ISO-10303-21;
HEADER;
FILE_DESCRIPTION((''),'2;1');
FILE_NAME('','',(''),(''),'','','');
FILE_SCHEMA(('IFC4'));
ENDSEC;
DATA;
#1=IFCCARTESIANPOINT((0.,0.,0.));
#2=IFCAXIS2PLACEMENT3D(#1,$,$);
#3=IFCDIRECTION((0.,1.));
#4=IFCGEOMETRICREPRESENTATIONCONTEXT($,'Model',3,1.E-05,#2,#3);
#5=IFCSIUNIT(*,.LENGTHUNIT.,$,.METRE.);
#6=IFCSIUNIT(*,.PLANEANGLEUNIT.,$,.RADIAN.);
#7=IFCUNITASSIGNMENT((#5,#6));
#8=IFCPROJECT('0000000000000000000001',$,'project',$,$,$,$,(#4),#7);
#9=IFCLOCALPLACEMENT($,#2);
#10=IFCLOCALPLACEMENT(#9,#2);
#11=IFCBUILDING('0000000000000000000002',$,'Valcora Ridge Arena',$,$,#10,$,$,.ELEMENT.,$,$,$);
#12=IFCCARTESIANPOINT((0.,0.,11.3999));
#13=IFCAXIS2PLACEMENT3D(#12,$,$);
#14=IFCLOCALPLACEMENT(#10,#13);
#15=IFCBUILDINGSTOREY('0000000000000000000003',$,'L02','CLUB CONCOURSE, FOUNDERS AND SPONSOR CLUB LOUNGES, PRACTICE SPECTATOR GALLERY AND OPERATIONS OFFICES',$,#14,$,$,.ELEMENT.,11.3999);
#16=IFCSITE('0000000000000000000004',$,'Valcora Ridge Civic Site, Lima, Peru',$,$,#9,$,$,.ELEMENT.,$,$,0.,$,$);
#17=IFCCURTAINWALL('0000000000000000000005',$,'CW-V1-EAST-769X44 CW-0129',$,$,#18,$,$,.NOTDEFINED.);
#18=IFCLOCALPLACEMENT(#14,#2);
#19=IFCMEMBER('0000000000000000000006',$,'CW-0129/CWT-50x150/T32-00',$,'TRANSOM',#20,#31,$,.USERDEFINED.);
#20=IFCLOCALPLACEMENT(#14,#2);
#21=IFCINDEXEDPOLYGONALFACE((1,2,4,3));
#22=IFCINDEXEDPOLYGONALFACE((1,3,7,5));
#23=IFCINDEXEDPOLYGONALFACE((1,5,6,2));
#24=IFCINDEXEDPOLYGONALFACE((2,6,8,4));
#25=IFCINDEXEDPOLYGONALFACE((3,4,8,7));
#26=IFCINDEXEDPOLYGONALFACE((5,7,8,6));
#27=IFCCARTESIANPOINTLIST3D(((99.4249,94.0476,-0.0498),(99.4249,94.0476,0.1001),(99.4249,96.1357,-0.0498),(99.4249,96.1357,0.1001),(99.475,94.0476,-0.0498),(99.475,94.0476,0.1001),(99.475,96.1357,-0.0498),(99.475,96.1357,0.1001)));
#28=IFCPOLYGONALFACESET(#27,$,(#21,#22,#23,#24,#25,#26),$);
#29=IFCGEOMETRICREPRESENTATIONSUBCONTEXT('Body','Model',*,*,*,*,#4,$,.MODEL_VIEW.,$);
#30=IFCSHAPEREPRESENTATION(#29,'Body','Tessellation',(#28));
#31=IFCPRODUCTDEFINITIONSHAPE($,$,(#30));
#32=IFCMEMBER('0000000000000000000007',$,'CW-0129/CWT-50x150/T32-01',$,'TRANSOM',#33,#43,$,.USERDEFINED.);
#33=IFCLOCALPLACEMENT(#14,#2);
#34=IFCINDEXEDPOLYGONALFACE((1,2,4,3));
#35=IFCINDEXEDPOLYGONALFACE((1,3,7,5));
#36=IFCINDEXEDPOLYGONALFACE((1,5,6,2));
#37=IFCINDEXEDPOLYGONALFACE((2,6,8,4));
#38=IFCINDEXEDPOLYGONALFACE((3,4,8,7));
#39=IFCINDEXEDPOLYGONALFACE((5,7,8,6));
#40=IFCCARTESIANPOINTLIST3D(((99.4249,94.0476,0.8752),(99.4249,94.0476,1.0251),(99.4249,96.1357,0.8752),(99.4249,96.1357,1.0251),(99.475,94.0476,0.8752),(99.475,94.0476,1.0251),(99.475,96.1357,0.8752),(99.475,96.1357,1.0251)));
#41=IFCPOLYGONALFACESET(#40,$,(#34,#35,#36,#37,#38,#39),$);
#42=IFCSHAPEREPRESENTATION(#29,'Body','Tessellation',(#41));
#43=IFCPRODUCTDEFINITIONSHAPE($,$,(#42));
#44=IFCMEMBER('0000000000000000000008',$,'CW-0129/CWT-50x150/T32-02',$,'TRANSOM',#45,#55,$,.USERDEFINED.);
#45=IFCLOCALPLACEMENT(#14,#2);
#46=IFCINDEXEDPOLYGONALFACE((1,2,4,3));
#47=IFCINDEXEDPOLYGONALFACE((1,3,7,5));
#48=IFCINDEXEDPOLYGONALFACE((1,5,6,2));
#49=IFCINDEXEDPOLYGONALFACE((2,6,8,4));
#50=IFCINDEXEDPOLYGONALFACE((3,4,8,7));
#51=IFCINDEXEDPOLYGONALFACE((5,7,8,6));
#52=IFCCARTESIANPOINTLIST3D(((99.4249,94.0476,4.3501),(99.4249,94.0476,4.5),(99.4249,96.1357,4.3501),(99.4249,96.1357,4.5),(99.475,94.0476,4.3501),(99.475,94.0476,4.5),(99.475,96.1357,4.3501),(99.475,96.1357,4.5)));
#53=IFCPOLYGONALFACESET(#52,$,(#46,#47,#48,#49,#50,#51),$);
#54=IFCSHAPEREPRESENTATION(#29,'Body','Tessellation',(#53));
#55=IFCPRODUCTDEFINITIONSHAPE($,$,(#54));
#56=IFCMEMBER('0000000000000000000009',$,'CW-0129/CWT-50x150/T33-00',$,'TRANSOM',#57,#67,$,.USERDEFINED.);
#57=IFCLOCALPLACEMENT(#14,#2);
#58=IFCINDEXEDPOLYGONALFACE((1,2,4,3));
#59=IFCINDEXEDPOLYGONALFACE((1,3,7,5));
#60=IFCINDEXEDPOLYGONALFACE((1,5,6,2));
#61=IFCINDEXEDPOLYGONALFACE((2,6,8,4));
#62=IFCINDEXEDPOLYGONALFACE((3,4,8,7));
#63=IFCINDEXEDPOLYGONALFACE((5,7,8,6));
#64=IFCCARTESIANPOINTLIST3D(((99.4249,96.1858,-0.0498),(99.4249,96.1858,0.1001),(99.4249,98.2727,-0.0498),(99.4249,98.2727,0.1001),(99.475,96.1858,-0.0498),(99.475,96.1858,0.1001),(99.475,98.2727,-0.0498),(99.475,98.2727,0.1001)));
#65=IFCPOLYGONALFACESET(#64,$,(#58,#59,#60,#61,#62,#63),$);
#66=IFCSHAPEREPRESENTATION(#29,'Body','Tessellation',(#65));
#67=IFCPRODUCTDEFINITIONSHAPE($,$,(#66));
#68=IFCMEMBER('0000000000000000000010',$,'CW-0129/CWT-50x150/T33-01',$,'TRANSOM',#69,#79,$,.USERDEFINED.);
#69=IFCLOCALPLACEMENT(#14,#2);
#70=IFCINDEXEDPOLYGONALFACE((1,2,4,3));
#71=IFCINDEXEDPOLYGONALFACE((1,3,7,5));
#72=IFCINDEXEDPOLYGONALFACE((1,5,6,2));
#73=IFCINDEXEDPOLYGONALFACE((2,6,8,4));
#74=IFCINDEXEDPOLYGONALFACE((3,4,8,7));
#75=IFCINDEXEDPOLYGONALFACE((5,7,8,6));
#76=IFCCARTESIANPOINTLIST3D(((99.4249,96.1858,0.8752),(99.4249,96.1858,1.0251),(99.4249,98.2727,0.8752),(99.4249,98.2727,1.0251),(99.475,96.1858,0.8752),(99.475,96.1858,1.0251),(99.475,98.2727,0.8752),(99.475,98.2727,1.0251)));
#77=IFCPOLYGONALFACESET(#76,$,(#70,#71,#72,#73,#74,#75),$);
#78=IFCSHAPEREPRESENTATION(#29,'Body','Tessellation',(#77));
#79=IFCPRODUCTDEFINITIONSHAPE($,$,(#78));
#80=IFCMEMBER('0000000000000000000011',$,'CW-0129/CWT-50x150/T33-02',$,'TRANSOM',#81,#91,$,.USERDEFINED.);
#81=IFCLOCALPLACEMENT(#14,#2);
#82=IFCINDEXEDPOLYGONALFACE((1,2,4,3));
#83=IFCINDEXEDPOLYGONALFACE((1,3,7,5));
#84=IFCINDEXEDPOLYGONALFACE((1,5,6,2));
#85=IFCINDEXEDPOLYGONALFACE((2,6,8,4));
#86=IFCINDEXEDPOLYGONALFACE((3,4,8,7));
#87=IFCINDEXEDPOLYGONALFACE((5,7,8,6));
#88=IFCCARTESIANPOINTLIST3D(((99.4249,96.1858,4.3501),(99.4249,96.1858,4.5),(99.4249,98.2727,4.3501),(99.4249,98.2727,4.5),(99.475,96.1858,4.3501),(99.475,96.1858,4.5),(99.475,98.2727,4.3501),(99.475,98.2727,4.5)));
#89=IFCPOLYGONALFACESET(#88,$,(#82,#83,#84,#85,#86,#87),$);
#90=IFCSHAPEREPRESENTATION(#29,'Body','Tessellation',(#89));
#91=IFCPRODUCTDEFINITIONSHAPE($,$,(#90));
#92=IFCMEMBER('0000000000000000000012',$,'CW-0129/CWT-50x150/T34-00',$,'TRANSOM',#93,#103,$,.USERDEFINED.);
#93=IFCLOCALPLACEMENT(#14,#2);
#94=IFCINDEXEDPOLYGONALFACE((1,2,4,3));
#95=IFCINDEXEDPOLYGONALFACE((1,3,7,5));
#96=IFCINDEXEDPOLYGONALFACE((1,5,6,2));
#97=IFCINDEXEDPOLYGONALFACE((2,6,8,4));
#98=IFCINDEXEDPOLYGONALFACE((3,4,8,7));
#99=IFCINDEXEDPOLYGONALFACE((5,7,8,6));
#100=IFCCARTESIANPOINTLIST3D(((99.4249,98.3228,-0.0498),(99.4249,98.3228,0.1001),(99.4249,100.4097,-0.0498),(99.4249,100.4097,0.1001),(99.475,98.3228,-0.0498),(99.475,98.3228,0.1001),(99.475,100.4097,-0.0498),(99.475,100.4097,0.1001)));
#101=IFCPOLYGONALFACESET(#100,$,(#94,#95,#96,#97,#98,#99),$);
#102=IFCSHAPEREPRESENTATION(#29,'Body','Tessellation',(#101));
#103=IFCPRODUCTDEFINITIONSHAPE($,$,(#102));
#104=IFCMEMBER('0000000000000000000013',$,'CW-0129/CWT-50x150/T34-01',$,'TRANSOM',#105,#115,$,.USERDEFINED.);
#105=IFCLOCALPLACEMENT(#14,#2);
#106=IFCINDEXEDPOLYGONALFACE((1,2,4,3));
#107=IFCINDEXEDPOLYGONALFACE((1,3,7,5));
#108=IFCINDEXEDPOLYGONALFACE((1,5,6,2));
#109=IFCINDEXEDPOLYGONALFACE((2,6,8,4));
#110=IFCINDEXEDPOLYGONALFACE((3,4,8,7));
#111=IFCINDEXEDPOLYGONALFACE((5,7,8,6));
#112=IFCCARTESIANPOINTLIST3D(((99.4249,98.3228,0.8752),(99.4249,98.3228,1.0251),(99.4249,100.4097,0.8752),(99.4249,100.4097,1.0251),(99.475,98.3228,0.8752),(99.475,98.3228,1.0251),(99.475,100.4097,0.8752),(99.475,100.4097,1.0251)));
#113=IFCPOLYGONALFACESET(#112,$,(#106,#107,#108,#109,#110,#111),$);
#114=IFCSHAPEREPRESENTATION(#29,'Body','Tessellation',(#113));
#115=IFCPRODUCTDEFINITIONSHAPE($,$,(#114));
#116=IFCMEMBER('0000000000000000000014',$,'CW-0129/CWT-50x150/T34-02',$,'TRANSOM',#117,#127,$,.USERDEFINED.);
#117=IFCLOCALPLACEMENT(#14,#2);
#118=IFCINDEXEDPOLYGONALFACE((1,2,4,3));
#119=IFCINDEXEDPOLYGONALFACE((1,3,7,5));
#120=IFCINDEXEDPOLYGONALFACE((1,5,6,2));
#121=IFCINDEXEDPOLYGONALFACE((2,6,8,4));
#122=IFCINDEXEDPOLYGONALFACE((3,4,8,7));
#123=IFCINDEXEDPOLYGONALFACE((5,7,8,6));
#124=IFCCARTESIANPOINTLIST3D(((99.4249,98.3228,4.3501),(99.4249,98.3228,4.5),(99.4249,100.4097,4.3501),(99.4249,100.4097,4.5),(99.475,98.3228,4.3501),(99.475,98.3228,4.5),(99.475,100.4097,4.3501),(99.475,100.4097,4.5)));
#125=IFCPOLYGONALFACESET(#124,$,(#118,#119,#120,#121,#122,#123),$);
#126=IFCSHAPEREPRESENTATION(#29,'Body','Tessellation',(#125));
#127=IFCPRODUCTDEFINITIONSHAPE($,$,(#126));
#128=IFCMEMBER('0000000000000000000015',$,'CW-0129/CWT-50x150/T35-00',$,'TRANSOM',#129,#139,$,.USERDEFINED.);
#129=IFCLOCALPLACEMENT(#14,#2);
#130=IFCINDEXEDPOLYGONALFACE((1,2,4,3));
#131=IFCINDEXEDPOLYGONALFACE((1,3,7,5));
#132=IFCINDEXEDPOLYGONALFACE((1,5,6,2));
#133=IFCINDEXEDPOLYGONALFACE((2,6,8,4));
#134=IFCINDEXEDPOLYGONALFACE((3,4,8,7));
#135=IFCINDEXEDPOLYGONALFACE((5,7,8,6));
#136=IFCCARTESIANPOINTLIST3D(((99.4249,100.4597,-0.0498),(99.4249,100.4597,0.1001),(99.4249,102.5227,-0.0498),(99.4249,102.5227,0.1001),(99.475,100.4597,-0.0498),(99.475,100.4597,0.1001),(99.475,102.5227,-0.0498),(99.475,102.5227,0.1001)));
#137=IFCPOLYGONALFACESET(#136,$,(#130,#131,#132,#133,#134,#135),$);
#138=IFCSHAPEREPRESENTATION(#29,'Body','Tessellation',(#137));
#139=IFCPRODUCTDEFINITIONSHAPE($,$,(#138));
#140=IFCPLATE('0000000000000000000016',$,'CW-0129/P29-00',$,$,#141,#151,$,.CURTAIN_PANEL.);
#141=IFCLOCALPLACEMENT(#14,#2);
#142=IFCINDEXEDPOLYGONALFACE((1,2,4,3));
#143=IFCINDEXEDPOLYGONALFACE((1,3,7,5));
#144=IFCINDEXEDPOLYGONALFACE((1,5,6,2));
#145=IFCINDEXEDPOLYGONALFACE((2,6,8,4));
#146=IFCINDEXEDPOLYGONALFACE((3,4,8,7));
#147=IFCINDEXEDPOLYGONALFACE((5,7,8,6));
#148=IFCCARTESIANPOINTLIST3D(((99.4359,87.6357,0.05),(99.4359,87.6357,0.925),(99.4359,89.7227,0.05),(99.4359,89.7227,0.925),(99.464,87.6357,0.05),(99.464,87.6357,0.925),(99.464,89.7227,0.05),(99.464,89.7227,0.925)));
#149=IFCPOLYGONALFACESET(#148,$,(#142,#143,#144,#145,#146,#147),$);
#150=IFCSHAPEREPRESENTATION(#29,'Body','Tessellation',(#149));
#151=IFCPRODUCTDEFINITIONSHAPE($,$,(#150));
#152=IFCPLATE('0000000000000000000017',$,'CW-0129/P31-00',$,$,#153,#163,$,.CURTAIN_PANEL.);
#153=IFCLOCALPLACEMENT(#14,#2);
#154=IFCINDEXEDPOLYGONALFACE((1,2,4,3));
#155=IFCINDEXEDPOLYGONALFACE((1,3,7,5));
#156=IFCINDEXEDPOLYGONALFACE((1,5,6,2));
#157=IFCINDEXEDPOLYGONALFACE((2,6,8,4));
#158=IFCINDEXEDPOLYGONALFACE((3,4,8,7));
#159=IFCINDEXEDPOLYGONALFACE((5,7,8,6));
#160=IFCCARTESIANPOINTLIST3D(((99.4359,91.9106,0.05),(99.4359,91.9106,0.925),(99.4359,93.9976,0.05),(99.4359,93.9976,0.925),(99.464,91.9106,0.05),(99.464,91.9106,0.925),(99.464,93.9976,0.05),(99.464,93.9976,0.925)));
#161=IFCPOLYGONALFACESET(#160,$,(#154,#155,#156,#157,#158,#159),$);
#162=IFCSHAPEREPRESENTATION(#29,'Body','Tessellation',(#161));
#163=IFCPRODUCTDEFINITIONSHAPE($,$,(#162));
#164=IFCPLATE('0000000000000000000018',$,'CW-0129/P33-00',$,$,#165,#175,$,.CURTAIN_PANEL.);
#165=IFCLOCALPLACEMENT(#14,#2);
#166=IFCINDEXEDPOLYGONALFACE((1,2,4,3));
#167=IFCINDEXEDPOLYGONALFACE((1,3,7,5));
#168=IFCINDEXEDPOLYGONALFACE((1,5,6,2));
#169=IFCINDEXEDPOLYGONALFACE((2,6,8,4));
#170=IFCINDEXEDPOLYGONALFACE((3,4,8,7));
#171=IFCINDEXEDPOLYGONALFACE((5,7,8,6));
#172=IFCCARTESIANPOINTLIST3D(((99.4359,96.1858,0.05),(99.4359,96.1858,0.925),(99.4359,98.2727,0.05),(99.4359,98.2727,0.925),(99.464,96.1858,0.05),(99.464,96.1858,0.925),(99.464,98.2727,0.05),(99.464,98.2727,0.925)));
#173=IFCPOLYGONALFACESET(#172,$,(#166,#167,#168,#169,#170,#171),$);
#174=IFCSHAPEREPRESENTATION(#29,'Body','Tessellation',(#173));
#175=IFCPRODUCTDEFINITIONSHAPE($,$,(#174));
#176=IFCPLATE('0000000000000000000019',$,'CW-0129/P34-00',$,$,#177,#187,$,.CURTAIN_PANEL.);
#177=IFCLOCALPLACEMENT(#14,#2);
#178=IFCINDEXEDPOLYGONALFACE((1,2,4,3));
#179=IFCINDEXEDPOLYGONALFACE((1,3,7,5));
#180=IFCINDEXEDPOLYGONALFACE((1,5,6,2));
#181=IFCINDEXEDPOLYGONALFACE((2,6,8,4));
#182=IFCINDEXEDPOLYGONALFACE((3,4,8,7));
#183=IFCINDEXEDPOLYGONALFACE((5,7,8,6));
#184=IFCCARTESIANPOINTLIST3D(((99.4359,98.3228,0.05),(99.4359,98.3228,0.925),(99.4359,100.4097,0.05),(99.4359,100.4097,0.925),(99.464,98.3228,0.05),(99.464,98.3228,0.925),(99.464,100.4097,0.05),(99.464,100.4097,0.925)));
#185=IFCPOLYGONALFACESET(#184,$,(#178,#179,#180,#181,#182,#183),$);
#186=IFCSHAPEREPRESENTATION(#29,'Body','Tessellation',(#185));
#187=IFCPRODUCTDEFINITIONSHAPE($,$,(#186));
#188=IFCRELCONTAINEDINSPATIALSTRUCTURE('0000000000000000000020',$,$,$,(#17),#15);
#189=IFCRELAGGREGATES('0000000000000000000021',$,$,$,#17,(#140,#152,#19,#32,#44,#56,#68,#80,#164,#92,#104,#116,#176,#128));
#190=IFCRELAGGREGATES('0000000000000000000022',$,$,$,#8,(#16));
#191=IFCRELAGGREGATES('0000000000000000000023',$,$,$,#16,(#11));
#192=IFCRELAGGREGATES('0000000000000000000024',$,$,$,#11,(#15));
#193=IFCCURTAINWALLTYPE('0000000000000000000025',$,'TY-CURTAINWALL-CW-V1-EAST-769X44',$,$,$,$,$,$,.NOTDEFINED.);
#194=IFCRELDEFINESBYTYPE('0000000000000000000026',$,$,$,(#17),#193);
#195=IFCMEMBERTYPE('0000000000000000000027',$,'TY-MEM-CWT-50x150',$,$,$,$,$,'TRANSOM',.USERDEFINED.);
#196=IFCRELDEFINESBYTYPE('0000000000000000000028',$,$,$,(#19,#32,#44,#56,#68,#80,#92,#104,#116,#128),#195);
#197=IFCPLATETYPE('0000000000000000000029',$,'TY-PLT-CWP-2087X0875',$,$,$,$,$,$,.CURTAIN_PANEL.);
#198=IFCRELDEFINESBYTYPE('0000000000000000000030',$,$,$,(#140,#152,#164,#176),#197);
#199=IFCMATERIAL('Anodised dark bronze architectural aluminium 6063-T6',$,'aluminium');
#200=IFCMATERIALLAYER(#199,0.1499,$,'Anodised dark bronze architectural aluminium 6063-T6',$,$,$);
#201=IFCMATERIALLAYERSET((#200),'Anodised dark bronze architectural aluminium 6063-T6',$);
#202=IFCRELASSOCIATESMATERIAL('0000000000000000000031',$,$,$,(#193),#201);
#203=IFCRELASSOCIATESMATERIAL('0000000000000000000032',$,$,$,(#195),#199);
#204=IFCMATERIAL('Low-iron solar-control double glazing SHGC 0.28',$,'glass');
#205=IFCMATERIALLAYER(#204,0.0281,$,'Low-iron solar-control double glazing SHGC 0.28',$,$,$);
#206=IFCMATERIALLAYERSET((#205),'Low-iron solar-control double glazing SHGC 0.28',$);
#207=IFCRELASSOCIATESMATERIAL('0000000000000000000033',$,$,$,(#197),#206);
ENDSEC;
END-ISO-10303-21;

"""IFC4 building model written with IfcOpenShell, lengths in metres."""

from ifc_helpers import new_model, si_unit, direction, frame, origin, origin_2d, place, context, subcontext, project, spatial, rectangle, extrude, material, layer, layer_set, material_profile, profile_set, type_object, element, aggregate, save


model = new_model("IFC4")

# Units and contexts
model_context = context("Model", 3, precision=1e-05, world=origin(), true_north=direction((0.0, 1.0)))
body_context = subcontext(model_context, "Body", "Model", "MODEL_VIEW")
ifc_project = project(units=[si_unit("LENGTHUNIT", "METRE"), si_unit("PLANEANGLEUNIT", "RADIAN")], contexts=[model_context])

# Site, building, storey
site_placement = place(None, origin())
site = spatial("IfcSite", under=ifc_project, at=site_placement, Name="Valcora Ridge Civic Site, Lima, Peru", CompositionType="ELEMENT", RefElevation=0.0)
building_placement = place(site_placement, origin())
building = spatial("IfcBuilding", under=site, at=building_placement, Name="Valcora Ridge Arena", CompositionType="ELEMENT")
storey_placement = place(building_placement, frame((0.0, 0.0, 11.3999)))
storey = spatial("IfcBuildingStorey", under=building, at=storey_placement, Name="L02", Description="CLUB CONCOURSE, FOUNDERS AND SPONSOR CLUB LOUNGES, PRACTICE SPECTATOR GALLERY AND OPERATIONS OFFICES", CompositionType="ELEMENT", Elevation=11.3999)

# Curtain wall, members, plates
ifc_material_1 = material(Name="Anodised dark bronze architectural aluminium 6063-T6", Category="aluminium")
ifc_layer_1 = layer(ifc_material_1, 0.1499, Name="Anodised dark bronze architectural aluminium 6063-T6")
ifc_layer_set_1 = layer_set([ifc_layer_1], Name="Anodised dark bronze architectural aluminium 6063-T6")
curtain_wall_type = type_object("IfcCurtainWallType", Name="TY-CURTAINWALL-CW-V1-EAST-769X44", PredefinedType="NOTDEFINED", material=ifc_layer_set_1)
curtain_wall_placement = place(storey_placement, origin())
curtain_wall = element("IfcCurtainWall", 1, at=curtain_wall_placement, inside=storey, type_object=curtain_wall_type, Name="CW-V1-EAST-769X44 CW-0129", PredefinedType="NOTDEFINED")
ifc_material_profile_1 = material_profile(ifc_material_1, rectangle(XDim=0.05, YDim=0.1499, at=origin_2d()), Name="ALU TRANSOM 50x150")
ifc_profile_set_1 = profile_set([ifc_material_profile_1], Name="Anodised dark bronze architectural aluminium 6063-T6")
member_type_1 = type_object("IfcMemberType", Name="TY-MEM-CWT-50x150", ElementType="TRANSOM", PredefinedType="USERDEFINED", material=ifc_profile_set_1)
member_1_placement = place(storey_placement, frame((99.45, 94.0476, 0.0251), z_axis=(0.0, 1.0, 0.0), x_axis=(-1.0, 0.0, 0.0)))
member_1 = element("IfcMember", 2, at=member_1_placement, type_object=member_type_1, Name="CW-0129/CWT-50x150/T32-00", ObjectType="TRANSOM", PredefinedType="USERDEFINED", context=body_context, shape_type="SweptSolid", body=[
    extrude(rectangle(XDim=0.05, YDim=0.1499, at=origin_2d()), origin(), (0.0, 0.0, 1.0), 2.0881),
])
member_2_placement = place(storey_placement, frame((99.45, 94.0476, 0.9502), z_axis=(0.0, 1.0, 0.0), x_axis=(-1.0, 0.0, 0.0)))
member_2 = element("IfcMember", 3, at=member_2_placement, type_object=member_type_1, Name="CW-0129/CWT-50x150/T32-01", ObjectType="TRANSOM", PredefinedType="USERDEFINED", context=body_context, shape_type="SweptSolid", body=[
    extrude(rectangle(XDim=0.05, YDim=0.1499, at=origin_2d()), origin(), (0.0, 0.0, 1.0), 2.0881),
])
member_3_placement = place(storey_placement, frame((99.45, 94.0476, 4.425), z_axis=(0.0, 1.0, 0.0), x_axis=(-1.0, 0.0, 0.0)))
member_3 = element("IfcMember", 4, at=member_3_placement, type_object=member_type_1, Name="CW-0129/CWT-50x150/T32-02", ObjectType="TRANSOM", PredefinedType="USERDEFINED", context=body_context, shape_type="SweptSolid", body=[
    extrude(rectangle(XDim=0.05, YDim=0.1499, at=origin_2d()), origin(), (0.0, 0.0, 1.0), 2.0881),
])
member_4_placement = place(storey_placement, frame((99.45, 96.1858, 0.0251), z_axis=(0.0, 1.0, 0.0), x_axis=(-1.0, 0.0, 0.0)))
member_4 = element("IfcMember", 5, at=member_4_placement, type_object=member_type_1, Name="CW-0129/CWT-50x150/T33-00", ObjectType="TRANSOM", PredefinedType="USERDEFINED", context=body_context, shape_type="SweptSolid", body=[
    extrude(rectangle(XDim=0.05, YDim=0.1499, at=origin_2d()), origin(), (0.0, 0.0, 1.0), 2.0869),
])
member_5_placement = place(storey_placement, frame((99.45, 96.1858, 0.9502), z_axis=(0.0, 1.0, 0.0), x_axis=(-1.0, 0.0, 0.0)))
member_5 = element("IfcMember", 6, at=member_5_placement, type_object=member_type_1, Name="CW-0129/CWT-50x150/T33-01", ObjectType="TRANSOM", PredefinedType="USERDEFINED", context=body_context, shape_type="SweptSolid", body=[
    extrude(rectangle(XDim=0.05, YDim=0.1499, at=origin_2d()), origin(), (0.0, 0.0, 1.0), 2.0869),
])
member_6_placement = place(storey_placement, frame((99.45, 96.1858, 4.425), z_axis=(0.0, 1.0, 0.0), x_axis=(-1.0, 0.0, 0.0)))
member_6 = element("IfcMember", 7, at=member_6_placement, type_object=member_type_1, Name="CW-0129/CWT-50x150/T33-02", ObjectType="TRANSOM", PredefinedType="USERDEFINED", context=body_context, shape_type="SweptSolid", body=[
    extrude(rectangle(XDim=0.05, YDim=0.1499, at=origin_2d()), origin(), (0.0, 0.0, 1.0), 2.0869),
])
member_7_placement = place(storey_placement, frame((99.45, 98.3228, 0.0251), z_axis=(0.0, 1.0, 0.0), x_axis=(-1.0, 0.0, 0.0)))
member_7 = element("IfcMember", 8, at=member_7_placement, type_object=member_type_1, Name="CW-0129/CWT-50x150/T34-00", ObjectType="TRANSOM", PredefinedType="USERDEFINED", context=body_context, shape_type="SweptSolid", body=[
    extrude(rectangle(XDim=0.05, YDim=0.1499, at=origin_2d()), origin(), (0.0, 0.0, 1.0), 2.0869),
])
member_8_placement = place(storey_placement, frame((99.45, 98.3228, 0.9502), z_axis=(0.0, 1.0, 0.0), x_axis=(-1.0, 0.0, 0.0)))
member_8 = element("IfcMember", 9, at=member_8_placement, type_object=member_type_1, Name="CW-0129/CWT-50x150/T34-01", ObjectType="TRANSOM", PredefinedType="USERDEFINED", context=body_context, shape_type="SweptSolid", body=[
    extrude(rectangle(XDim=0.05, YDim=0.1499, at=origin_2d()), origin(), (0.0, 0.0, 1.0), 2.0869),
])
member_9_placement = place(storey_placement, frame((99.45, 98.3228, 4.425), z_axis=(0.0, 1.0, 0.0), x_axis=(-1.0, 0.0, 0.0)))
member_9 = element("IfcMember", 10, at=member_9_placement, type_object=member_type_1, Name="CW-0129/CWT-50x150/T34-02", ObjectType="TRANSOM", PredefinedType="USERDEFINED", context=body_context, shape_type="SweptSolid", body=[
    extrude(rectangle(XDim=0.05, YDim=0.1499, at=origin_2d()), origin(), (0.0, 0.0, 1.0), 2.0869),
])
member_10_placement = place(storey_placement, frame((99.45, 100.4597, 0.0251), z_axis=(0.0, 1.0, 0.0), x_axis=(-1.0, 0.0, 0.0)))
member_10 = element("IfcMember", 11, at=member_10_placement, type_object=member_type_1, Name="CW-0129/CWT-50x150/T35-00", ObjectType="TRANSOM", PredefinedType="USERDEFINED", context=body_context, shape_type="SweptSolid", body=[
    extrude(rectangle(XDim=0.05, YDim=0.1499, at=origin_2d()), origin(), (0.0, 0.0, 1.0), 2.063),
])
ifc_material_2 = material(Name="Low-iron solar-control double glazing SHGC 0.28", Category="glass")
ifc_layer_2 = layer(ifc_material_2, 0.0281, Name="Low-iron solar-control double glazing SHGC 0.28")
ifc_layer_set_2 = layer_set([ifc_layer_2], Name="Low-iron solar-control double glazing SHGC 0.28")
plate_type_1 = type_object("IfcPlateType", Name="TY-PLT-CWP-2087X0875", PredefinedType="CURTAIN_PANEL", material=ifc_layer_set_2)
plate_1_placement = place(storey_placement, frame((99.45, 88.6792, 0.05), z_axis=(0.0, 0.0, 1.0), x_axis=(0.0, 1.0, 0.0)))
plate_1 = element("IfcPlate", 12, at=plate_1_placement, type_object=plate_type_1, Name="CW-0129/P29-00", PredefinedType="CURTAIN_PANEL", context=body_context, shape_type="SweptSolid", body=[
    extrude(rectangle(XDim=2.0869, YDim=0.0281, at=origin_2d()), origin(), (0.0, 0.0, 1.0), 0.875),
])
plate_2_placement = place(storey_placement, frame((99.45, 92.9541, 0.05), z_axis=(0.0, 0.0, 1.0), x_axis=(0.0, 1.0, 0.0)))
plate_2 = element("IfcPlate", 13, at=plate_2_placement, type_object=plate_type_1, Name="CW-0129/P31-00", PredefinedType="CURTAIN_PANEL", context=body_context, shape_type="SweptSolid", body=[
    extrude(rectangle(XDim=2.0869, YDim=0.0281, at=origin_2d()), origin(), (0.0, 0.0, 1.0), 0.875),
])
plate_3_placement = place(storey_placement, frame((99.45, 97.2292, 0.05), z_axis=(0.0, 0.0, 1.0), x_axis=(0.0, 1.0, 0.0)))
plate_3 = element("IfcPlate", 14, at=plate_3_placement, type_object=plate_type_1, Name="CW-0129/P33-00", PredefinedType="CURTAIN_PANEL", context=body_context, shape_type="SweptSolid", body=[
    extrude(rectangle(XDim=2.0869, YDim=0.0281, at=origin_2d()), origin(), (0.0, 0.0, 1.0), 0.875),
])
plate_4_placement = place(storey_placement, frame((99.45, 99.3662, 0.05), z_axis=(0.0, 0.0, 1.0), x_axis=(0.0, 1.0, 0.0)))
plate_4 = element("IfcPlate", 15, at=plate_4_placement, type_object=plate_type_1, Name="CW-0129/P34-00", PredefinedType="CURTAIN_PANEL", context=body_context, shape_type="SweptSolid", body=[
    extrude(rectangle(XDim=2.0869, YDim=0.0281, at=origin_2d()), origin(), (0.0, 0.0, 1.0), 0.875),
])
aggregate(curtain_wall, [plate_1, plate_2, member_1, member_2, member_3, member_4, member_5, member_6, plate_3, member_7, member_8, member_9, plate_4, member_10])

save(model, "model.ifc")
